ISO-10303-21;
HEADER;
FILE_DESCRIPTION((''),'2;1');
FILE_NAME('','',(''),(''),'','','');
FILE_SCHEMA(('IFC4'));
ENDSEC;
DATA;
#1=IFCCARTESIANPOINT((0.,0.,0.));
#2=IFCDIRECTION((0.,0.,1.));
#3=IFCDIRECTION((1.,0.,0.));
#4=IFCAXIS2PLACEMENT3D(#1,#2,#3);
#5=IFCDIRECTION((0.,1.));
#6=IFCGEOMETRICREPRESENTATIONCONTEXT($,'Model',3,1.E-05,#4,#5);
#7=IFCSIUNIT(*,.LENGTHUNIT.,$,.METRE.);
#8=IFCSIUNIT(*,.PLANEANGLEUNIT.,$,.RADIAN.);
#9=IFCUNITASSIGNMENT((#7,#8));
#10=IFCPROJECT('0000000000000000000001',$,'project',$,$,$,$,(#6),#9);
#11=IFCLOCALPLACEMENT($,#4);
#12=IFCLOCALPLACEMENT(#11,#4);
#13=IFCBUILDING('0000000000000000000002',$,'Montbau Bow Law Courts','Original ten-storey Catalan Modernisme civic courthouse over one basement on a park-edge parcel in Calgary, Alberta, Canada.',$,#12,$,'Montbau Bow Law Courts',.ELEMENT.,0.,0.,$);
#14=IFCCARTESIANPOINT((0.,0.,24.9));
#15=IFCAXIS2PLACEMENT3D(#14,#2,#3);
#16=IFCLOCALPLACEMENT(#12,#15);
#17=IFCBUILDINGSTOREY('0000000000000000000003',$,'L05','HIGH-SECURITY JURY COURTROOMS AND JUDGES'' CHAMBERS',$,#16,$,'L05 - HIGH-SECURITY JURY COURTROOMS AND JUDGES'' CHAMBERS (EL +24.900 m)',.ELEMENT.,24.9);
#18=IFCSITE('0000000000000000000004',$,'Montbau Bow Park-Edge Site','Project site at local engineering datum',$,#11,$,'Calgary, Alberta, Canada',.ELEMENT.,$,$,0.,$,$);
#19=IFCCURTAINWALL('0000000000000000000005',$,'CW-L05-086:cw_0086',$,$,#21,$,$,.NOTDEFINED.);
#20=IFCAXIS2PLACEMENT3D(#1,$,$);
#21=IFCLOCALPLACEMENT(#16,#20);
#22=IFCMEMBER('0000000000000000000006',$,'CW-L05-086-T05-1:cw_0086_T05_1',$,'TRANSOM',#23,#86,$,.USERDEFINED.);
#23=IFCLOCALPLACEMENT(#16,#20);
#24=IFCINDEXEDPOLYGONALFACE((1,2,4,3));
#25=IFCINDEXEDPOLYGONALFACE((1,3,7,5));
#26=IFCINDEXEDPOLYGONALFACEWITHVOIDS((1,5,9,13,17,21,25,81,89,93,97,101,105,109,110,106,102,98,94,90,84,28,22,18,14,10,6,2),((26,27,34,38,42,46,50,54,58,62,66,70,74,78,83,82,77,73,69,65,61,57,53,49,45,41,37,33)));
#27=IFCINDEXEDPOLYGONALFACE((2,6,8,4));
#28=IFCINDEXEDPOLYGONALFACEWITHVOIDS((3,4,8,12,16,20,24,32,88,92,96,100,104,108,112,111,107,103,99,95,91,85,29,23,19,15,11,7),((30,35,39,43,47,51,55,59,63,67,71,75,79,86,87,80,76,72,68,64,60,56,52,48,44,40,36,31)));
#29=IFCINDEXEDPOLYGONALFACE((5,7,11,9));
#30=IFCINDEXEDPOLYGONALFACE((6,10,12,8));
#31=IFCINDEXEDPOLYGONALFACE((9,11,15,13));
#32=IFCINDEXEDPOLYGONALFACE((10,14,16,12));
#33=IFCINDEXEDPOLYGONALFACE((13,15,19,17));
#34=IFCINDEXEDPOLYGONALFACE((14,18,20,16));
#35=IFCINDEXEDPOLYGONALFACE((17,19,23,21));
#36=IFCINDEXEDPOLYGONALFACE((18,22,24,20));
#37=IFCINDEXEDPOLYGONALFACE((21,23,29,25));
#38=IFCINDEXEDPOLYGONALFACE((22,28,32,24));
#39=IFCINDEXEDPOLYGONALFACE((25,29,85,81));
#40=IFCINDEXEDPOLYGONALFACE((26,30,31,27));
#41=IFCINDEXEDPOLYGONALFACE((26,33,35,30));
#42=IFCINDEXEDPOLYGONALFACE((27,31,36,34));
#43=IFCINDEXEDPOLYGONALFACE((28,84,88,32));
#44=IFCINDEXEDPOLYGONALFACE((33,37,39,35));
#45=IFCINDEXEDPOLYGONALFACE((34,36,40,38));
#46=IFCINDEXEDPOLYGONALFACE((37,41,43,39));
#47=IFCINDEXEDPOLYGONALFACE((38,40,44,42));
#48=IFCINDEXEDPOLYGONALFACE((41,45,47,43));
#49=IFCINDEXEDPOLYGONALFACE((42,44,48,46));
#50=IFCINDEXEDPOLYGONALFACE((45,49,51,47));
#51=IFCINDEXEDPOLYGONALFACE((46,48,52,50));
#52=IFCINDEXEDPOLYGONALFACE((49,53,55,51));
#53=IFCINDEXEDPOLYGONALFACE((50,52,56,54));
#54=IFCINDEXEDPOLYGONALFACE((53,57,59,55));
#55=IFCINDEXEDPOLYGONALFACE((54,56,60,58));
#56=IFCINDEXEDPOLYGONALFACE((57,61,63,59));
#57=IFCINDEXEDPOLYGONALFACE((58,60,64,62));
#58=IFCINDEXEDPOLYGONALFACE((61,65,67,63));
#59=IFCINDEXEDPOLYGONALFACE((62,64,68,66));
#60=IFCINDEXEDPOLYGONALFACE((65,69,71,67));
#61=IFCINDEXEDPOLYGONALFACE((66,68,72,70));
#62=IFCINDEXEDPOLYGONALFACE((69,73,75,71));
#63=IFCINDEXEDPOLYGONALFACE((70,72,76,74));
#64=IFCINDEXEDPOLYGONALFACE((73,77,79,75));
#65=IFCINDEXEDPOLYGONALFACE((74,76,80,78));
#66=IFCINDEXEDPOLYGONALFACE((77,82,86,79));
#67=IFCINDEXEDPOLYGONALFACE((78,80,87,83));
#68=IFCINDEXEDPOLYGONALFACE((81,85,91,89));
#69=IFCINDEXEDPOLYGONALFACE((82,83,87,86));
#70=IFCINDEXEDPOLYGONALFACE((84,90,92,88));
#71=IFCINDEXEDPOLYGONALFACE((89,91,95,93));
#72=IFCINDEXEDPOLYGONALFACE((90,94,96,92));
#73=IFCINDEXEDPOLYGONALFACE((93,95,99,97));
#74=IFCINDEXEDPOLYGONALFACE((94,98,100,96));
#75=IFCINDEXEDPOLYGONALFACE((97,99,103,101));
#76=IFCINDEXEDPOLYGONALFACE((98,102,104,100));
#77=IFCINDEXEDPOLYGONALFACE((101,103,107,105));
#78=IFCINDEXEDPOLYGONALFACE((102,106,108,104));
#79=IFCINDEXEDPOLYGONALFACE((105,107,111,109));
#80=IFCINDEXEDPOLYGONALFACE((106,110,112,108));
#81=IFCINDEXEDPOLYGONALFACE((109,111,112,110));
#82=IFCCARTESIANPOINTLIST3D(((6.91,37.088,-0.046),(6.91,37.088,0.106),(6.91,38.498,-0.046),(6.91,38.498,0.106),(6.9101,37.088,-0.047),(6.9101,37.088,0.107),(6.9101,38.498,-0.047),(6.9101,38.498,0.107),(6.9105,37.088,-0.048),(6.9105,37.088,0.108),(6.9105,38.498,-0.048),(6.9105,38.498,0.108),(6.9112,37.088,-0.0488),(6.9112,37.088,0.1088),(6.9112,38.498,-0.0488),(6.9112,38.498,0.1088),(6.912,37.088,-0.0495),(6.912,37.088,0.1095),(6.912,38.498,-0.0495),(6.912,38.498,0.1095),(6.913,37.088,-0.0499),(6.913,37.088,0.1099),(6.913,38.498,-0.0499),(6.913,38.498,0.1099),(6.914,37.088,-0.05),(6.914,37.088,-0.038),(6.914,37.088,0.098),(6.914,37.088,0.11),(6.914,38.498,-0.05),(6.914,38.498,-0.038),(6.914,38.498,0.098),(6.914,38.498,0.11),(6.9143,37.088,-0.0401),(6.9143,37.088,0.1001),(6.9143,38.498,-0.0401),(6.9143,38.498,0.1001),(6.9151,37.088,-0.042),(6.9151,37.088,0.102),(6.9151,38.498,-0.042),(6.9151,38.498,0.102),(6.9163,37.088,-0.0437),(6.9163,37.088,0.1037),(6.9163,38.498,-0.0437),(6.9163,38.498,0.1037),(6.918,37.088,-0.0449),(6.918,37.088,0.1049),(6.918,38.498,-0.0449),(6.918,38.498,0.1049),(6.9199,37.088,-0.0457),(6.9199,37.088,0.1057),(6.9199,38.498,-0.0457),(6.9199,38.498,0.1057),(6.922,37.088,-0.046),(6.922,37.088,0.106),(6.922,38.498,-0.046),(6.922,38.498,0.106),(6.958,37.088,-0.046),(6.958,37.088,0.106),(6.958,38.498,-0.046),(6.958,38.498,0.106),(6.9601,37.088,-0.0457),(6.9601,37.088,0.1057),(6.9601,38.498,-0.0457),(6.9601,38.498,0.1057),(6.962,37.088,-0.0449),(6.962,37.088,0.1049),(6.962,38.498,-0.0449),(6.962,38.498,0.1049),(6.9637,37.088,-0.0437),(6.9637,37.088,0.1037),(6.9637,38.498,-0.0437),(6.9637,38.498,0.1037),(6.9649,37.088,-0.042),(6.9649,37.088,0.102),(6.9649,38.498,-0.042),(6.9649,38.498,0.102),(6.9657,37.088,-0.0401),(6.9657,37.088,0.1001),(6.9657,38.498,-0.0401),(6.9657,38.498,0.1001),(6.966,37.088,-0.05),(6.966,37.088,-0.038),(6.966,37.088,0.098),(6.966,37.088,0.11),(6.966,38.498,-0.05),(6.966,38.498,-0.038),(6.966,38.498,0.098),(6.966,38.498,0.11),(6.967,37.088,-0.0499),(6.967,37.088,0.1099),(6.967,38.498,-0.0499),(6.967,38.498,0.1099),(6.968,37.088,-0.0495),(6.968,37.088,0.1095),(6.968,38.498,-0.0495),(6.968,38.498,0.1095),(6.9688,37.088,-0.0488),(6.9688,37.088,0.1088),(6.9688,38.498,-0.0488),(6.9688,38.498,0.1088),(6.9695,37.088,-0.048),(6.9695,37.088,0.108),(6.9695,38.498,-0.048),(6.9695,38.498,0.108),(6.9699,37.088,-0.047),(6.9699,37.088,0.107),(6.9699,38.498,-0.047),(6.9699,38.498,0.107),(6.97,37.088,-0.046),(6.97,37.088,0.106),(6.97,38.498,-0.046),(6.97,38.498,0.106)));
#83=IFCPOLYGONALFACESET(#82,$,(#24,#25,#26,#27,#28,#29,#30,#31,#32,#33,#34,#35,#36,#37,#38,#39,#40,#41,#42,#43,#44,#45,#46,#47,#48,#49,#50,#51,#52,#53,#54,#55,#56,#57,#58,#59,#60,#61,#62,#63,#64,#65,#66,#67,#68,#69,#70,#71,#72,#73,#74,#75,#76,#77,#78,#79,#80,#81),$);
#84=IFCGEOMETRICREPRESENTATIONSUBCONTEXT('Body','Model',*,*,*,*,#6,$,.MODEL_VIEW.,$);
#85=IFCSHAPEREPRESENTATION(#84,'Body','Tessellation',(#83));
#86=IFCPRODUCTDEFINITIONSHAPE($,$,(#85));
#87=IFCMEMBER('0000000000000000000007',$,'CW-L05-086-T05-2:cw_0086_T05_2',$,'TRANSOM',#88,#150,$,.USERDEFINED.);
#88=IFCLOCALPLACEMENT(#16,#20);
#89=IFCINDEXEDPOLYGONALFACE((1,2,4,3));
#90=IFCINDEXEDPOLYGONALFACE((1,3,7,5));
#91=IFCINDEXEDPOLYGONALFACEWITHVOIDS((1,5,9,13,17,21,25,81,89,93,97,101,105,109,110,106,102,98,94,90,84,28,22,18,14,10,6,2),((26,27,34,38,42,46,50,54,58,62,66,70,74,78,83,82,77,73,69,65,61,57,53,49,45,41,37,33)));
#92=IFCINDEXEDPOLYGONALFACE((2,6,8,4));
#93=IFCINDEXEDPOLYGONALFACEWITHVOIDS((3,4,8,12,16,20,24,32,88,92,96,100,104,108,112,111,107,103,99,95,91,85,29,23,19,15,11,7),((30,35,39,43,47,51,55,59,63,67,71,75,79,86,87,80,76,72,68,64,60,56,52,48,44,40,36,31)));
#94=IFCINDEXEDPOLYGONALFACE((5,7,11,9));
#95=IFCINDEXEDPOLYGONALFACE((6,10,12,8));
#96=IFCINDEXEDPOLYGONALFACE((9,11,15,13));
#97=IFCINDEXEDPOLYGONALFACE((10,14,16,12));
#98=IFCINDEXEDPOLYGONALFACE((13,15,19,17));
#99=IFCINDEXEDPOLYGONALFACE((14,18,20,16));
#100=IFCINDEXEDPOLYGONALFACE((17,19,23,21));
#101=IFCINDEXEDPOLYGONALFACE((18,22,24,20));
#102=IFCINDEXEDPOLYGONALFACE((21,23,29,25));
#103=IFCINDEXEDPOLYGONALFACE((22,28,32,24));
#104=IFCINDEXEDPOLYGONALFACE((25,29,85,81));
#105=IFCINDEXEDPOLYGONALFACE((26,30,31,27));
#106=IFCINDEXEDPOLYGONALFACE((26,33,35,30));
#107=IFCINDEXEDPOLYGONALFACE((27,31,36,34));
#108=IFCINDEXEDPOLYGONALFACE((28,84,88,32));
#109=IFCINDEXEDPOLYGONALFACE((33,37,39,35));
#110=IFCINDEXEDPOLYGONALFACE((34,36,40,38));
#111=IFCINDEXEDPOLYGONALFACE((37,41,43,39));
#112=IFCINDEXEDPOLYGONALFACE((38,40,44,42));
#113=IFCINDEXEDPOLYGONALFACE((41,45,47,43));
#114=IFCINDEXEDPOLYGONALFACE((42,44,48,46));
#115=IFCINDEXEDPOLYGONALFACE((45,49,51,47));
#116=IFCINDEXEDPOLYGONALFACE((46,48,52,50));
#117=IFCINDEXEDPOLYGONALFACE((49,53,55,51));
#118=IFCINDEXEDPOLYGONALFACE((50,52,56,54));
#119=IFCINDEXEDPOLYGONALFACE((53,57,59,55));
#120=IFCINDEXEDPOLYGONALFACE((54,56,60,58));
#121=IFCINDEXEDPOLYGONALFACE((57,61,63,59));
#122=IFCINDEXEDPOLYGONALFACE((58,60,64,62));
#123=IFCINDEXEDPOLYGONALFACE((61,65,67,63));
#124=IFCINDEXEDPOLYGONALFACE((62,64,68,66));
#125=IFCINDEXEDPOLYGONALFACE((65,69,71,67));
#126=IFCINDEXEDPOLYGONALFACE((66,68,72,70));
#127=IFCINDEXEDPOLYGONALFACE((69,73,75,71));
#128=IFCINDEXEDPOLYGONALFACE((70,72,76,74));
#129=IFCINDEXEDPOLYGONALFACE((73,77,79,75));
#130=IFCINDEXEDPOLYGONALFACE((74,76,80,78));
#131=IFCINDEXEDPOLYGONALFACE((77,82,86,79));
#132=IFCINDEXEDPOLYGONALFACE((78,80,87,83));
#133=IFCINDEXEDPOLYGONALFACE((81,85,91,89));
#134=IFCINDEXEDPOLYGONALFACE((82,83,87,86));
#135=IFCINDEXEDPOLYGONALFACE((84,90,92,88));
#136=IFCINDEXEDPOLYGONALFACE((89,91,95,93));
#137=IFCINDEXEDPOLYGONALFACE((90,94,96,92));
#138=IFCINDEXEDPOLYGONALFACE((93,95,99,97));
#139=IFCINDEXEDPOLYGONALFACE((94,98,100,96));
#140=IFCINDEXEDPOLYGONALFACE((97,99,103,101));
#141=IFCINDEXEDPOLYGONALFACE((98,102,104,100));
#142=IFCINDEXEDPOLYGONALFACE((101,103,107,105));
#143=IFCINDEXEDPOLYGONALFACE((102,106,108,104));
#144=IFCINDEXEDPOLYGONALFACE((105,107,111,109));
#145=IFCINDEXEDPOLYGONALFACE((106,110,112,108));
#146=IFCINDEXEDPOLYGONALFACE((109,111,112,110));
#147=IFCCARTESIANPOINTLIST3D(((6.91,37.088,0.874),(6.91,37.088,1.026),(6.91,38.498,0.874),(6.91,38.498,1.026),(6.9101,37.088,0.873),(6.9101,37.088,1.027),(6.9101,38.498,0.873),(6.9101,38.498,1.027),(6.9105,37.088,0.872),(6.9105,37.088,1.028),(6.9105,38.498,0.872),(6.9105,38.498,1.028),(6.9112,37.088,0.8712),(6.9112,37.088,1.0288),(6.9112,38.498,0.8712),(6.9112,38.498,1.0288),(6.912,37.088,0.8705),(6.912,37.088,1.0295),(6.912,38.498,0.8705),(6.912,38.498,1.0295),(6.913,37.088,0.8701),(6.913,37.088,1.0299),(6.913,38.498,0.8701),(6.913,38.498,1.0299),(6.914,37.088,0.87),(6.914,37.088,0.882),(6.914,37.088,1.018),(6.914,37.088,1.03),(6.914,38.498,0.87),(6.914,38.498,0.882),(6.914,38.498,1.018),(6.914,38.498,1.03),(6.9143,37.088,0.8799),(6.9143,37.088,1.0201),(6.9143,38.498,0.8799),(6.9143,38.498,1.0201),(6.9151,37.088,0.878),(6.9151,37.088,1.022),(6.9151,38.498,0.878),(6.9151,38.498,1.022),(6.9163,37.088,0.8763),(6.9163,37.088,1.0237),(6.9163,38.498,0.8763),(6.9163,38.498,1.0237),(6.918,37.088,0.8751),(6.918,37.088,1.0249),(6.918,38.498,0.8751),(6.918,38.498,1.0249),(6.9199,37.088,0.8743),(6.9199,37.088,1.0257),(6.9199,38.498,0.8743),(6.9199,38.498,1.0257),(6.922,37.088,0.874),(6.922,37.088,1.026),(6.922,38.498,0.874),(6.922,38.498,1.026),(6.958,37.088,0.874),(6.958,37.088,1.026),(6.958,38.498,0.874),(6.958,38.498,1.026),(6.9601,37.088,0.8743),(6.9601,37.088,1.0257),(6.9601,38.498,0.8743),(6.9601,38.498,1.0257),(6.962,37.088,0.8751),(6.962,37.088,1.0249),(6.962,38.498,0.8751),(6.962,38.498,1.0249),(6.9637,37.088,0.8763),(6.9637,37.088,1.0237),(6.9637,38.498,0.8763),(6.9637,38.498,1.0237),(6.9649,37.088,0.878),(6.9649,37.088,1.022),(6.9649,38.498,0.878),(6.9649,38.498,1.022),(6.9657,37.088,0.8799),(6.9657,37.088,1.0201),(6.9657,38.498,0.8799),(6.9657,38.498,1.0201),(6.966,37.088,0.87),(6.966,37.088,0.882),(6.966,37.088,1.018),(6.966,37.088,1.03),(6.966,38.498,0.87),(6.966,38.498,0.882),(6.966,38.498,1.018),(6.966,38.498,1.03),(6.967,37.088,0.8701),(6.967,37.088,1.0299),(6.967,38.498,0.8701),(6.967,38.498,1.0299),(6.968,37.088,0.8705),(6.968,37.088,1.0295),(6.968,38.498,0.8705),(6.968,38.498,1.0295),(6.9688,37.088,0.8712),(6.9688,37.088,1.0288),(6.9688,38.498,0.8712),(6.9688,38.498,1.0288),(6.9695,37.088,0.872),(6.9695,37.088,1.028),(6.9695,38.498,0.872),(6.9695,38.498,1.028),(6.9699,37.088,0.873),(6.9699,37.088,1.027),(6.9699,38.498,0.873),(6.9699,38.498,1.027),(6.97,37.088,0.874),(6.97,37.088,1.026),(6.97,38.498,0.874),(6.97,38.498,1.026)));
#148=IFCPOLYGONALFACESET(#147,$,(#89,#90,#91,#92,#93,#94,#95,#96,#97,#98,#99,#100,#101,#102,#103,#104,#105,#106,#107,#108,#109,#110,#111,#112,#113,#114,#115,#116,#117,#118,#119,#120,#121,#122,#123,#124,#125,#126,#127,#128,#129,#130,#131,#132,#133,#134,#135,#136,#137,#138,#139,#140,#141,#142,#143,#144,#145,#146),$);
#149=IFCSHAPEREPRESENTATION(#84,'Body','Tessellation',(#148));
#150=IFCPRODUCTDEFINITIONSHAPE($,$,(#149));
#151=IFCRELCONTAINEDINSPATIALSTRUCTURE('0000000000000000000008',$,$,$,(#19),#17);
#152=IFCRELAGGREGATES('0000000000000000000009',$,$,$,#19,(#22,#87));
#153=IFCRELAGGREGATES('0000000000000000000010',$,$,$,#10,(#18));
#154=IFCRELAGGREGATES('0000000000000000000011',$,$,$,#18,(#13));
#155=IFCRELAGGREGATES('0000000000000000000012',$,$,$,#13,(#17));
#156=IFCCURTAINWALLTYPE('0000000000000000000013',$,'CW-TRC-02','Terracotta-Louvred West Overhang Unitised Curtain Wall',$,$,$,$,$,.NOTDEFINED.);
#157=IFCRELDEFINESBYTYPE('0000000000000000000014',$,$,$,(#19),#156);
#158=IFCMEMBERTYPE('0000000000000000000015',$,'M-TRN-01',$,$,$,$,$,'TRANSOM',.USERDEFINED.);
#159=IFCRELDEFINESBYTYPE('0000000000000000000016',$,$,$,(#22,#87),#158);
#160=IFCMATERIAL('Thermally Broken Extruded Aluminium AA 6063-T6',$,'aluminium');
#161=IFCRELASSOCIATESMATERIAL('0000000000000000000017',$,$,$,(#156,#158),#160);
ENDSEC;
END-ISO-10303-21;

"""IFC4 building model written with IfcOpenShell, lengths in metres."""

from ifc_helpers import new_model, si_unit, direction, frame, origin_with_axes, origin_2d_with_axis, place, context, subcontext, project, spatial, hollow_rectangle, extrude, material, material_profile, profile_set, type_object, element, aggregate, save


model = new_model("IFC4")

# Units and contexts
model_context = context("Model", 3, precision=1e-05, world=origin_with_axes(), true_north=direction((0.0, 1.0)))
body_context = subcontext(model_context, "Body", "Model", "MODEL_VIEW")
ifc_project = project(units=[si_unit("LENGTHUNIT", "METRE"), si_unit("PLANEANGLEUNIT", "RADIAN")], contexts=[model_context])

# Site, building, storey
site_placement = place(None, origin_with_axes())
site = spatial("IfcSite", under=ifc_project, at=site_placement, Name="Montbau Bow Park-Edge Site", Description="Project site at local engineering datum", LongName="Calgary, Alberta, Canada", CompositionType="ELEMENT", RefElevation=0.0)
building_placement = place(site_placement, origin_with_axes())
building = spatial("IfcBuilding", under=site, at=building_placement, Name="Montbau Bow Law Courts", Description="Original ten-storey Catalan Modernisme civic courthouse over one basement on a park-edge parcel in Calgary, Alberta, Canada.", LongName="Montbau Bow Law Courts", CompositionType="ELEMENT", ElevationOfRefHeight=0.0, ElevationOfTerrain=0.0)
storey_placement = place(building_placement, frame((0.0, 0.0, 24.9), z_axis=(0.0, 0.0, 1.0), x_axis=(1.0, 0.0, 0.0)))
storey = spatial("IfcBuildingStorey", under=building, at=storey_placement, Name="L05", Description="HIGH-SECURITY JURY COURTROOMS AND JUDGES' CHAMBERS", LongName="L05 - HIGH-SECURITY JURY COURTROOMS AND JUDGES' CHAMBERS (EL +24.900 m)", CompositionType="ELEMENT", Elevation=24.9)

# Curtain wall, members
ifc_material_1 = material(Name="Thermally Broken Extruded Aluminium AA 6063-T6", Category="aluminium")
curtain_wall_type = type_object("IfcCurtainWallType", Name="CW-TRC-02", Description="Terracotta-Louvred West Overhang Unitised Curtain Wall", PredefinedType="NOTDEFINED", material=ifc_material_1)
curtain_wall_placement = place(None, frame((6.94, 31.04, 24.9), z_axis=(0.0, 0.0, 1.0), x_axis=(1.0, 0.0, 0.0)))
curtain_wall = element("IfcCurtainWall", 1, at=curtain_wall_placement, inside=storey, type_object=curtain_wall_type, Name="CW-L05-086:cw_0086", PredefinedType="NOTDEFINED")
ifc_material_profile_1 = material_profile(ifc_material_1, hollow_rectangle(XDim=0.06, YDim=0.16, WallThickness=0.004, InnerFilletRadius=0.008, OuterFilletRadius=0.004, at=origin_2d_with_axis()), Name="CWT-160X60", Category="Main", Priority=0)
ifc_profile_set_1 = profile_set([ifc_material_profile_1], Name="Thermally Broken Extruded Aluminium AA 6063-T6")
member_type_1 = type_object("IfcMemberType", Name="M-TRN-01", ElementType="TRANSOM", PredefinedType="USERDEFINED", material=ifc_profile_set_1)
member_1_placement = place(None, frame((6.94, 37.088, 24.93), z_axis=(0.0, 1.0, 0.0), x_axis=(-1.0, 0.0, 0.0)))
member_1 = element("IfcMember", 2, at=member_1_placement, type_object=member_type_1, Name="CW-L05-086-T05-1:cw_0086_T05_1", ObjectType="TRANSOM", PredefinedType="USERDEFINED", context=body_context, shape_type="SweptSolid", body=[
    extrude(hollow_rectangle(XDim=0.06, YDim=0.16, WallThickness=0.004, InnerFilletRadius=0.008, OuterFilletRadius=0.004, at=origin_2d_with_axis()), origin_with_axes(), (0.0, 0.0, 1.0), 1.41),
])
member_2_placement = place(None, frame((6.94, 37.088, 25.85), z_axis=(0.0, 1.0, 0.0), x_axis=(-1.0, 0.0, 0.0)))
member_2 = element("IfcMember", 3, at=member_2_placement, type_object=member_type_1, Name="CW-L05-086-T05-2:cw_0086_T05_2", ObjectType="TRANSOM", PredefinedType="USERDEFINED", context=body_context, shape_type="SweptSolid", body=[
    extrude(hollow_rectangle(XDim=0.06, YDim=0.16, WallThickness=0.004, InnerFilletRadius=0.008, OuterFilletRadius=0.004, at=origin_2d_with_axis()), origin_with_axes(), (0.0, 0.0, 1.0), 1.41),
])
aggregate(curtain_wall, [member_1, member_2])

save(model, "model.ifc")
